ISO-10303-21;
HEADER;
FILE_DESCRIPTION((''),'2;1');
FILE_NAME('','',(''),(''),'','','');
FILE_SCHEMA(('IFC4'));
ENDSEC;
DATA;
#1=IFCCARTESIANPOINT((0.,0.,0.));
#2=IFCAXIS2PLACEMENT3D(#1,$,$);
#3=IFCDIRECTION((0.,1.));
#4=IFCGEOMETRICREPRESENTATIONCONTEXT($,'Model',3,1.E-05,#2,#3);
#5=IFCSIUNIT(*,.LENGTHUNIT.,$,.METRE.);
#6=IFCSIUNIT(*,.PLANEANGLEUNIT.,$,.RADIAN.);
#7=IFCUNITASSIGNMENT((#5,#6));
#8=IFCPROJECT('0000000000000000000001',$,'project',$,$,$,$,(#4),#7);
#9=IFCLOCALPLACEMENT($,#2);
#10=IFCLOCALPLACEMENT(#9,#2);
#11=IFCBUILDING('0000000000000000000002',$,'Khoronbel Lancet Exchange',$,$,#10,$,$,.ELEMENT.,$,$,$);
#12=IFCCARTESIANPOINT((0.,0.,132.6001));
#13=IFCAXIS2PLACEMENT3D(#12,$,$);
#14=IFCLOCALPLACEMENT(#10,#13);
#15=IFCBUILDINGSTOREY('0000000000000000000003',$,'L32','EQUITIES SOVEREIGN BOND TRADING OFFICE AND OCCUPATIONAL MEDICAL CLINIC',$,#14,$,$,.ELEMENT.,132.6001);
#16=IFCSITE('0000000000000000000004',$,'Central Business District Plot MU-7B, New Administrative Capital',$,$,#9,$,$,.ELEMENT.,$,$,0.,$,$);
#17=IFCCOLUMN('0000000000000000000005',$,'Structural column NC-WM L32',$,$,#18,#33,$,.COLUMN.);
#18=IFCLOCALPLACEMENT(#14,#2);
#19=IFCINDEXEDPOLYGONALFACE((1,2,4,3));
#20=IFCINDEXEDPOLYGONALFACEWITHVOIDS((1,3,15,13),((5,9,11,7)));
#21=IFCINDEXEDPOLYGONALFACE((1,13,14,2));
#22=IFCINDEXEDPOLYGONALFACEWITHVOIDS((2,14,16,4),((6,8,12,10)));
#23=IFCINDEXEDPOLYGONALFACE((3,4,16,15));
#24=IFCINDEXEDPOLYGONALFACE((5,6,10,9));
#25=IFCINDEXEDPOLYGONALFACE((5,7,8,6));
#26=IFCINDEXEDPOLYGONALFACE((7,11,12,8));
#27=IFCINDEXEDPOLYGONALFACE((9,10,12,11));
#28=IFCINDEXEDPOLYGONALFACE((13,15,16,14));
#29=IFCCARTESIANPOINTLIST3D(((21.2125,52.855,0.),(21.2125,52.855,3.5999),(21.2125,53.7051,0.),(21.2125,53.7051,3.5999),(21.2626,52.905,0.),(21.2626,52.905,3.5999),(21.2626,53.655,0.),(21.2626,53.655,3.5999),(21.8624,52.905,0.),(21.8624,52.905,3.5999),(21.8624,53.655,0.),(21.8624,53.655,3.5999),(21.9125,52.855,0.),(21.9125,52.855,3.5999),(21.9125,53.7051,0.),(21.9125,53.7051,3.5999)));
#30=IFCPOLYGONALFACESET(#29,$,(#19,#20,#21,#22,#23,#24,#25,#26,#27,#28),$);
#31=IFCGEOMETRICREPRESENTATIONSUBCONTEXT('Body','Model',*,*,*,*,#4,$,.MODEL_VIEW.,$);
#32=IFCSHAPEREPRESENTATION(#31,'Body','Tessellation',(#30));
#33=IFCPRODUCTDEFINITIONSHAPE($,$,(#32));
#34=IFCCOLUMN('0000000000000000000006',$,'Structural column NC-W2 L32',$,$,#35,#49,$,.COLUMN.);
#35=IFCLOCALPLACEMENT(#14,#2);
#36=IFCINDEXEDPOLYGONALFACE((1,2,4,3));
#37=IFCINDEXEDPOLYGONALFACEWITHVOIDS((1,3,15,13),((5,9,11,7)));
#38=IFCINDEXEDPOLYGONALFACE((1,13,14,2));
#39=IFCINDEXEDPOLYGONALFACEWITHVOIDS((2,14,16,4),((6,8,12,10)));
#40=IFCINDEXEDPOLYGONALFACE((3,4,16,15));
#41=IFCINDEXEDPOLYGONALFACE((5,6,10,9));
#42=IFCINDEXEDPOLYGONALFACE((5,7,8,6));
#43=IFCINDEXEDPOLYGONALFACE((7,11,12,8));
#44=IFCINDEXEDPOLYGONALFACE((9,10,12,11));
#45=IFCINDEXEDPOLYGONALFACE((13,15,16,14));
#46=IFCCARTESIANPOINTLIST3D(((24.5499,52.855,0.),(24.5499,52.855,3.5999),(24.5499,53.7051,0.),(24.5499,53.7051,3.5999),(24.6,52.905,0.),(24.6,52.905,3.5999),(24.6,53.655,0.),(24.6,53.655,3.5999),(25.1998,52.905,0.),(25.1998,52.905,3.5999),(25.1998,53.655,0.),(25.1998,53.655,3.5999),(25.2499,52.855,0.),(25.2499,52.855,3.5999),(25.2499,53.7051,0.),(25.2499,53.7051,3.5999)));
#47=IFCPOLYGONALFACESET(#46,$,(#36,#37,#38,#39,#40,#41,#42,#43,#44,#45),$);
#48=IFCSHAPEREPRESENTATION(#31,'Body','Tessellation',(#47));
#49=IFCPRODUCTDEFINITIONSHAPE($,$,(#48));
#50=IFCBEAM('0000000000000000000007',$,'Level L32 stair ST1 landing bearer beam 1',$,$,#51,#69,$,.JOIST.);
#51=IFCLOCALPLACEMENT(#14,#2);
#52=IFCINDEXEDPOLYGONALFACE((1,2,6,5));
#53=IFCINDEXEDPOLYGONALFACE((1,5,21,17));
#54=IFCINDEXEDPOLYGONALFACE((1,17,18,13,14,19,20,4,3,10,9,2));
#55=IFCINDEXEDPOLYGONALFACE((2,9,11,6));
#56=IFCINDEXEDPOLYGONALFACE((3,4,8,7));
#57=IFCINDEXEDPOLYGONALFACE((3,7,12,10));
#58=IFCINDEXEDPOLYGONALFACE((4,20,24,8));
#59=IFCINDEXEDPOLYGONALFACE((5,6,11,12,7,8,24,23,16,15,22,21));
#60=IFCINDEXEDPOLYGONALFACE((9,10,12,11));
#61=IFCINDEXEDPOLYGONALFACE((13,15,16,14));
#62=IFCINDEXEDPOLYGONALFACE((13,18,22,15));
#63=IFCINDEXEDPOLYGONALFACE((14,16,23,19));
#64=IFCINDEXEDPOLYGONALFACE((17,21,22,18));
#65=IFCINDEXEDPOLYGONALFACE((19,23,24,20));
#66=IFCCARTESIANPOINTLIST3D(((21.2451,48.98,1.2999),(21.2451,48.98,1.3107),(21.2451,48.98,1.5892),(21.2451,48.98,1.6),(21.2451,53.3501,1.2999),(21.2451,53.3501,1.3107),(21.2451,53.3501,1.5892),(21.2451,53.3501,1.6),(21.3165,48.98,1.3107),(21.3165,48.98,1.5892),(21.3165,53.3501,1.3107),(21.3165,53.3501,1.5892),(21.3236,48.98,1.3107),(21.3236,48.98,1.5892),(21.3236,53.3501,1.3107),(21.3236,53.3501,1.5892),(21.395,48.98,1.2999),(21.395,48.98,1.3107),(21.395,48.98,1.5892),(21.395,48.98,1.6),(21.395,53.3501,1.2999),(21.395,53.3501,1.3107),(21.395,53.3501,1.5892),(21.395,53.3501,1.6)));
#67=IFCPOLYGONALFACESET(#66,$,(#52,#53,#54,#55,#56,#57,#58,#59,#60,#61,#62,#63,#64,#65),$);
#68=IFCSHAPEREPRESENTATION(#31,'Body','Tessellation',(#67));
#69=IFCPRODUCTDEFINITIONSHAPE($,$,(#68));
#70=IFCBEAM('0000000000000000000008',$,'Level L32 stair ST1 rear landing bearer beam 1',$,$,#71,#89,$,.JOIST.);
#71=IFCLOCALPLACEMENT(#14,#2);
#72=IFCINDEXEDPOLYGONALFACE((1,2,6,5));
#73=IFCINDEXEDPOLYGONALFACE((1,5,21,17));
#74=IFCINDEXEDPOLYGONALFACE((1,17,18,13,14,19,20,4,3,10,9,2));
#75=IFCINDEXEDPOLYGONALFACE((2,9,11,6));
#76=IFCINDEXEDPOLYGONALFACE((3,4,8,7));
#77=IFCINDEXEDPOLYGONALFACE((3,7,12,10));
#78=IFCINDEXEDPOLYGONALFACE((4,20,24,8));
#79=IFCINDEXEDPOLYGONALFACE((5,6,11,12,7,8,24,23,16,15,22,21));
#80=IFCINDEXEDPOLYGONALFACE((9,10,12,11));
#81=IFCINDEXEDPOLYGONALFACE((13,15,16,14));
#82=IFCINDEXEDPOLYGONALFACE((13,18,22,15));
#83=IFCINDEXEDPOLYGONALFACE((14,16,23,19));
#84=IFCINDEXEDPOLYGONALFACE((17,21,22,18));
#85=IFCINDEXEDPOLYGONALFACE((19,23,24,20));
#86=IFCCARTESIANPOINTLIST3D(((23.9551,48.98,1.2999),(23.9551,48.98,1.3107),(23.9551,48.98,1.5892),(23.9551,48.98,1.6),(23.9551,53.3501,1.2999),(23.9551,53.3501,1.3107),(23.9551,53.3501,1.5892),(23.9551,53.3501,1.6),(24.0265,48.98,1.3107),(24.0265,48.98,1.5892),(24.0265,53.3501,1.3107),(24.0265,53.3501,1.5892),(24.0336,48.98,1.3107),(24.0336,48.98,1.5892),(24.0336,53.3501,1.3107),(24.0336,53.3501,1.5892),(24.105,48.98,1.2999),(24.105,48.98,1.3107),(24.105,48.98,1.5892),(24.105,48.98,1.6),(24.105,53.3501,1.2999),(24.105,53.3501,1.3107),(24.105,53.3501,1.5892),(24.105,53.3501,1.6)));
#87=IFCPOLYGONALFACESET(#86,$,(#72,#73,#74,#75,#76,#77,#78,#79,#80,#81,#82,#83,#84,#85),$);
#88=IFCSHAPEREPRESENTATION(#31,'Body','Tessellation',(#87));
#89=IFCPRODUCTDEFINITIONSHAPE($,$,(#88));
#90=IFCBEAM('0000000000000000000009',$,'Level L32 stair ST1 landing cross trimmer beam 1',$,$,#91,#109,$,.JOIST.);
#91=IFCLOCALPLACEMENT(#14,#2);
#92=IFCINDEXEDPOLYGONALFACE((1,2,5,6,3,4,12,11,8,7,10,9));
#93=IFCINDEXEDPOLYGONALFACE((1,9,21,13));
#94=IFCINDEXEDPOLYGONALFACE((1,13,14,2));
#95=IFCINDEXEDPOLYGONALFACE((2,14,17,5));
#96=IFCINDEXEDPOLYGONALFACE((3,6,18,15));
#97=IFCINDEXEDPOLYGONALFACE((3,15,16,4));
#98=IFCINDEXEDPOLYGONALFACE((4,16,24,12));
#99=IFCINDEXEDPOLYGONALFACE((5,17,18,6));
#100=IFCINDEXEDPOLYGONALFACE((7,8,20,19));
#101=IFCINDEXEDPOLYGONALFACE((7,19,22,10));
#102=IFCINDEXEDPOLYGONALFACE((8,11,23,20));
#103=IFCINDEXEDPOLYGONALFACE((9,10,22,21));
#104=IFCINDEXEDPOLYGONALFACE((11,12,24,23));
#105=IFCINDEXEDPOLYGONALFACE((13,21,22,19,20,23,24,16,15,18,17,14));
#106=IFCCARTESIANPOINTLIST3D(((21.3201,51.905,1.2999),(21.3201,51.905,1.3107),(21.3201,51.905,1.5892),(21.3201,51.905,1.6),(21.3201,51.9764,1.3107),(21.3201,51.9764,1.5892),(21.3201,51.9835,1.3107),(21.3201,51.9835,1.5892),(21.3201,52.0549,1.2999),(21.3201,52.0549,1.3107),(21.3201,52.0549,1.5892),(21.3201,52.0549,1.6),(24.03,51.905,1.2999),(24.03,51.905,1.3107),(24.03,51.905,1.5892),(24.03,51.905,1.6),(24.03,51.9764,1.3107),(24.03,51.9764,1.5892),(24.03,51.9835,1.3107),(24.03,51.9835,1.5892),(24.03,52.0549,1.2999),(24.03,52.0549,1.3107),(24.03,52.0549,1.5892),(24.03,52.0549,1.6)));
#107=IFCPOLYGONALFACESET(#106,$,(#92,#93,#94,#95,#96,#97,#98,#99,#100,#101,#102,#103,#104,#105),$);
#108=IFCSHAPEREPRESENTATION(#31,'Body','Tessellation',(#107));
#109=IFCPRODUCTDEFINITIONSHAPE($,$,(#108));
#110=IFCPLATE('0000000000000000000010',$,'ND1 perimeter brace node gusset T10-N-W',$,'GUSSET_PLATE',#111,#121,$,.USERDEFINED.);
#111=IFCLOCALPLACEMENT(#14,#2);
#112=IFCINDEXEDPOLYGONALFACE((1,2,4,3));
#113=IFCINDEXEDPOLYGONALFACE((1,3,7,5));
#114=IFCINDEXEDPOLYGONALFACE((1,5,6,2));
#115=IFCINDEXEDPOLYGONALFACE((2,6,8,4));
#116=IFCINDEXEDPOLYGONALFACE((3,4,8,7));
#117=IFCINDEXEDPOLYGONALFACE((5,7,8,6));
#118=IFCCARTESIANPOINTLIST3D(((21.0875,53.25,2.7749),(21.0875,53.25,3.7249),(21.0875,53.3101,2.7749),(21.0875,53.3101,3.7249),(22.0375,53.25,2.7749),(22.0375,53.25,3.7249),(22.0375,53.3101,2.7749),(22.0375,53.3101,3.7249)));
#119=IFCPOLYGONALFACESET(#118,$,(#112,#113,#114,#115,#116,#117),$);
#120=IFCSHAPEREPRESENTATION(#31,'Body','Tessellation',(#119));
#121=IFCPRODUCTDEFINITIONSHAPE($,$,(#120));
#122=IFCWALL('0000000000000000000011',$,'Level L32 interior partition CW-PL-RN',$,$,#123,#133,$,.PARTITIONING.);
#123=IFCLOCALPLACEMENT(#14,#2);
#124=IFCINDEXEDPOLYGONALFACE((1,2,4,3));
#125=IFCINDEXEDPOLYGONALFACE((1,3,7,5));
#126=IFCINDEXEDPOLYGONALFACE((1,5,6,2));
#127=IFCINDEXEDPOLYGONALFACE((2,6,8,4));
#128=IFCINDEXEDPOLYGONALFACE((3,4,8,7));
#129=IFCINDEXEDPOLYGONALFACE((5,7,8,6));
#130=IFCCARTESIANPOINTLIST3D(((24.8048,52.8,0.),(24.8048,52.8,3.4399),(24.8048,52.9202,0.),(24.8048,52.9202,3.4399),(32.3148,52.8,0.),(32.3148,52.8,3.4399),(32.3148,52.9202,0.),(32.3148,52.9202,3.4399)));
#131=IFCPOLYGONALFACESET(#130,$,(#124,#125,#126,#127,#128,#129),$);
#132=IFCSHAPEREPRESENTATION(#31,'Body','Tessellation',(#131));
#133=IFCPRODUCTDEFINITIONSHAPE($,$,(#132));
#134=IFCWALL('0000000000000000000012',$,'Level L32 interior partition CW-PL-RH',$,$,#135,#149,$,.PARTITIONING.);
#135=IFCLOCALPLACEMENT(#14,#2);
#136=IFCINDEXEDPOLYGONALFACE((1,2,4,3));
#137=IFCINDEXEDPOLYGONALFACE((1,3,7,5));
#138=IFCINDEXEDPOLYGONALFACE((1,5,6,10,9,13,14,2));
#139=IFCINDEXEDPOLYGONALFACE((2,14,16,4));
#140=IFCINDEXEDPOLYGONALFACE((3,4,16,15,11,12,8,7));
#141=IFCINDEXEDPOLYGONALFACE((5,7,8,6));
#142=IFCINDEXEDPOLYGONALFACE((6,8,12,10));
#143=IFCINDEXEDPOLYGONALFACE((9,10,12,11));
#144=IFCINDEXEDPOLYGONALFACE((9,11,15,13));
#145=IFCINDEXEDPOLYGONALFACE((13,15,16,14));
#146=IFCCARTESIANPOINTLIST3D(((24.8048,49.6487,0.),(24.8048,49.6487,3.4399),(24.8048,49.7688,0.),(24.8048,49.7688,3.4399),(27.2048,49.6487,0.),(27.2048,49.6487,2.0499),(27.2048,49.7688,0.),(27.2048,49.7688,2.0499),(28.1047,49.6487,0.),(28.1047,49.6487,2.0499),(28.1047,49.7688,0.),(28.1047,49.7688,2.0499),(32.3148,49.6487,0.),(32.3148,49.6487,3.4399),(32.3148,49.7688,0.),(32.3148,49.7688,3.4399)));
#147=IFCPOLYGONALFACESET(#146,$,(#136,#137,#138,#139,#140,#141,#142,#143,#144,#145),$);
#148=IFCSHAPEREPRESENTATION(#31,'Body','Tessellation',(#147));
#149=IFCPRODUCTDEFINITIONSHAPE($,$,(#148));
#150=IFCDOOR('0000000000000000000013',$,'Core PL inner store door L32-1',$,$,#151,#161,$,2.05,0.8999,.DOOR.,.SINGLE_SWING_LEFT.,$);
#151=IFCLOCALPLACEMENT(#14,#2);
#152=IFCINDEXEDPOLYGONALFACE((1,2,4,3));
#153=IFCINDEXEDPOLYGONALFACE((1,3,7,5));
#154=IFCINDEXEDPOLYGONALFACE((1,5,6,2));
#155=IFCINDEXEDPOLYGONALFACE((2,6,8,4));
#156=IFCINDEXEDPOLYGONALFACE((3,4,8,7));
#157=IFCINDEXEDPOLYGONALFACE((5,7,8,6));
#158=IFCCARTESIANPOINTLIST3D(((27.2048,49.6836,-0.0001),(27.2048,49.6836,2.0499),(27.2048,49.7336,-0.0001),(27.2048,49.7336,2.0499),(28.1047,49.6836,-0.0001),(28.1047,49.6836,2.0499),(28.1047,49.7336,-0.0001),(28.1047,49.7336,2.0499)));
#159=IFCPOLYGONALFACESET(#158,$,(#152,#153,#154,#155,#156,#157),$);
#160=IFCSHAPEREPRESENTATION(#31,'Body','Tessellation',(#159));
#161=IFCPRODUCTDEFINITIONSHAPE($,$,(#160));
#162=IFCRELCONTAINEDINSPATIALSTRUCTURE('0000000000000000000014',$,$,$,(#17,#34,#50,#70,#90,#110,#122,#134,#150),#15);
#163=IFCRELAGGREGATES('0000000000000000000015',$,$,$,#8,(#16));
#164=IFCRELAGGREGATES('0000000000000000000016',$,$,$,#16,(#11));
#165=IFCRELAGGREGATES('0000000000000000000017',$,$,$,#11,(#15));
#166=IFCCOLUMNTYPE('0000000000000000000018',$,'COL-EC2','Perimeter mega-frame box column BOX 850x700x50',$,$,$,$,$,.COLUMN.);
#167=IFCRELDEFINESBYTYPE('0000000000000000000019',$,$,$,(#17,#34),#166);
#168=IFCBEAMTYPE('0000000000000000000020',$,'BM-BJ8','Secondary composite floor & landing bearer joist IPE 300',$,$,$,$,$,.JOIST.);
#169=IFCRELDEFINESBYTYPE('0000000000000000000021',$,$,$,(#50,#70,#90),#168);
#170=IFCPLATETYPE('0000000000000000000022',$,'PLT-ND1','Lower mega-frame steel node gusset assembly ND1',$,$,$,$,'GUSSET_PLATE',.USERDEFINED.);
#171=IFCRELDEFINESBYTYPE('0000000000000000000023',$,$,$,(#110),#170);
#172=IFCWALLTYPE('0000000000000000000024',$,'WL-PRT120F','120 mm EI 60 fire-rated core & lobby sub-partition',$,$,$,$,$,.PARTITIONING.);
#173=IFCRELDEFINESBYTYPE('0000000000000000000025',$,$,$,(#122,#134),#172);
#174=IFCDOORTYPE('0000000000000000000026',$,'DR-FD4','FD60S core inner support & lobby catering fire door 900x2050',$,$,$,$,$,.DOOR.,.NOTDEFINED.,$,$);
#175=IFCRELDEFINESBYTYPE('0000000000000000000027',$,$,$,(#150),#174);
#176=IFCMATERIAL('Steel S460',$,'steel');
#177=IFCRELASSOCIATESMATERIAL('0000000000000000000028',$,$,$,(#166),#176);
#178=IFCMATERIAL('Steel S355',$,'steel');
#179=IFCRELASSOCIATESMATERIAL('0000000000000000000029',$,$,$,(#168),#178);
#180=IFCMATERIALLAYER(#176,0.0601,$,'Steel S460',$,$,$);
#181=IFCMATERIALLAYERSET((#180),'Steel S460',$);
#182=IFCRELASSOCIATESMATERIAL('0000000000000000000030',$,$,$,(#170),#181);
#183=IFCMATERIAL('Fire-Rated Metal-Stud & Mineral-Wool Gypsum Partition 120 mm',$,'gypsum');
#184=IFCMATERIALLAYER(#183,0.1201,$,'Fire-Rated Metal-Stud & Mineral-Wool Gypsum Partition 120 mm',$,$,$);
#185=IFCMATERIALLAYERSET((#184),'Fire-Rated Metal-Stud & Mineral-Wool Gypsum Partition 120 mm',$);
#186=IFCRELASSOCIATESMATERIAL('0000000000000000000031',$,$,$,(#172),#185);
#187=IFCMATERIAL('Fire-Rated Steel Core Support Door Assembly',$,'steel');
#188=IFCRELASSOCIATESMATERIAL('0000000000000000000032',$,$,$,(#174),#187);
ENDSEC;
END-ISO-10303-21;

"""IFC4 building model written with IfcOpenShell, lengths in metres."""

from ifc_helpers import new_model, si_unit, direction, frame, frame_2d, origin, origin_2d, place, context, subcontext, project, spatial, rectangle, hollow_rectangle, i_section, extrude, material, layer, layer_set, material_profile, profile_set, type_object, element, fill, save


model = new_model("IFC4")

# Units and contexts
model_context = context("Model", 3, precision=1e-05, world=origin(), true_north=direction((0.0, 1.0)))
body_context = subcontext(model_context, "Body", "Model", "MODEL_VIEW")
ifc_project = project(units=[si_unit("LENGTHUNIT", "METRE"), si_unit("PLANEANGLEUNIT", "RADIAN")], contexts=[model_context])

# Site, building, storey
site_placement = place(None, origin())
site = spatial("IfcSite", under=ifc_project, at=site_placement, Name="Central Business District Plot MU-7B, New Administrative Capital", CompositionType="ELEMENT", RefElevation=0.0)
building_placement = place(site_placement, origin())
building = spatial("IfcBuilding", under=site, at=building_placement, Name="Khoronbel Lancet Exchange", CompositionType="ELEMENT")
storey_placement = place(building_placement, frame((0.0, 0.0, 132.6001)))
storey = spatial("IfcBuildingStorey", under=building, at=storey_placement, Name="L32", Description="EQUITIES SOVEREIGN BOND TRADING OFFICE AND OCCUPATIONAL MEDICAL CLINIC", CompositionType="ELEMENT", Elevation=132.6001)

# Columns
ifc_material_1 = material(Name="Steel S460", Category="steel")
ifc_material_profile_1 = material_profile(ifc_material_1, hollow_rectangle(XDim=0.7, YDim=0.8501, WallThickness=0.05, at=origin_2d()), Name="BOX 850x700x50")
ifc_profile_set_1 = profile_set([ifc_material_profile_1], Name="Steel S460")
column_type = type_object("IfcColumnType", Name="COL-EC2", Description="Perimeter mega-frame box column BOX 850x700x50", PredefinedType="COLUMN", material=ifc_profile_set_1)
for number, where, z_axis, x_axis, name in (
    (1, (21.5625, 53.28, 0.0), (0.0, 0.0, 1.0), (1.0, 0.0, 0.0), "Structural column NC-WM L32"),
    (2, (24.8999, 53.28, 0.0), (0.0, 0.0, 1.0), (1.0, 0.0, 0.0), "Structural column NC-W2 L32"),
):
    element("IfcColumn", number, at=place(storey_placement, frame(where, z_axis=z_axis, x_axis=x_axis)), inside=storey, type_object=column_type, Name=name, PredefinedType="COLUMN", context=body_context, shape_type="SweptSolid", body=[
        extrude(hollow_rectangle(XDim=0.7, YDim=0.8501, WallThickness=0.05, at=origin_2d()), origin(), (0.0, 0.0, 1.0), 3.5999),
    ])

# Beams
ifc_material_2 = material(Name="Steel S355", Category="steel")
ifc_material_profile_2 = material_profile(ifc_material_2, i_section(OverallWidth=0.1499, OverallDepth=0.3, WebThickness=0.0071, FlangeThickness=0.0107, at=origin_2d()), Name="IPE 300")
ifc_profile_set_2 = profile_set([ifc_material_profile_2], Name="Steel S355")
beam_type = type_object("IfcBeamType", Name="BM-BJ8", Description="Secondary composite floor & landing bearer joist IPE 300", PredefinedType="JOIST", material=ifc_profile_set_2)
for number, where, z_axis, x_axis, name in (
    (3, (21.3201, 48.98, 1.45), (0.0, 1.0, 0.0), (-1.0, 0.0, 0.0), "Level L32 stair ST1 landing bearer beam 1"),
    (4, (24.03, 48.98, 1.45), (0.0, 1.0, 0.0), (-1.0, 0.0, 0.0), "Level L32 stair ST1 rear landing bearer beam 1"),
):
    element("IfcBeam", number, at=place(storey_placement, frame(where, z_axis=z_axis, x_axis=x_axis)), inside=storey, type_object=beam_type, Name=name, PredefinedType="JOIST", context=body_context, shape_type="SweptSolid", body=[
        extrude(i_section(OverallWidth=0.1499, OverallDepth=0.3, WebThickness=0.0071, FlangeThickness=0.0107, at=origin_2d()), origin(), (0.0, 0.0, 1.0), 4.3701),
    ])
beam_placement = place(storey_placement, frame((21.3201, 51.98, 1.45), z_axis=(1.0, 0.0, 0.0), x_axis=(0.0, 1.0, 0.0)))
element("IfcBeam", 5, at=beam_placement, inside=storey, type_object=beam_type, Name="Level L32 stair ST1 landing cross trimmer beam 1", PredefinedType="JOIST", context=body_context, shape_type="SweptSolid", body=[
    extrude(i_section(OverallWidth=0.1499, OverallDepth=0.3, WebThickness=0.0071, FlangeThickness=0.0107, at=origin_2d()), origin(), (0.0, 0.0, 1.0), 2.71),
])

# Plate
ifc_layer_1 = layer(ifc_material_1, 0.0601, Name="Steel S460")
ifc_layer_set_1 = layer_set([ifc_layer_1], Name="Steel S460")
plate_type = type_object("IfcPlateType", Name="PLT-ND1", Description="Lower mega-frame steel node gusset assembly ND1", ElementType="GUSSET_PLATE", PredefinedType="USERDEFINED", material=ifc_layer_set_1)
plate_placement = place(storey_placement, frame((21.5625, 53.28, 2.7749), z_axis=(0.0, 0.0, 1.0), x_axis=(1.0, 0.0, 0.0)))
element("IfcPlate", 6, at=plate_placement, inside=storey, type_object=plate_type, Name="ND1 perimeter brace node gusset T10-N-W", ObjectType="GUSSET_PLATE", PredefinedType="USERDEFINED", context=body_context, shape_type="SweptSolid", body=[
    extrude(rectangle(XDim=0.95, YDim=0.0601, at=origin_2d()), origin(), (0.0, 0.0, 1.0), 0.95),
])

# Wall
ifc_material_3 = material(Name="Fire-Rated Metal-Stud & Mineral-Wool Gypsum Partition 120 mm", Category="gypsum")
ifc_layer_2 = layer(ifc_material_3, 0.1201, Name="Fire-Rated Metal-Stud & Mineral-Wool Gypsum Partition 120 mm")
ifc_layer_set_2 = layer_set([ifc_layer_2], Name="Fire-Rated Metal-Stud & Mineral-Wool Gypsum Partition 120 mm")
wall_type_1 = type_object("IfcWallType", Name="WL-PRT120F", Description="120 mm EI 60 fire-rated core & lobby sub-partition", PredefinedType="PARTITIONING", material=ifc_layer_set_2)
wall_1_placement = place(storey_placement, frame((24.8049, 52.8601, 0.0), z_axis=(0.0, 0.0, 1.0), x_axis=(1.0, 0.0, 0.0)))
element("IfcWall", 7, at=wall_1_placement, inside=storey, type_object=wall_type_1, Name="Level L32 interior partition CW-PL-RN", PredefinedType="PARTITIONING", context=body_context, shape_type="SweptSolid", body=[
    extrude(rectangle(XDim=7.51, YDim=0.1201, at=frame_2d((3.7549, 0.0))), origin(), (0.0, 0.0, 1.0), 3.4399),
])

# Wall, opening, door
wall_2_placement = place(storey_placement, frame((24.8049, 49.7087, 0.0), z_axis=(0.0, 0.0, 1.0), x_axis=(1.0, 0.0, 0.0)))
wall_2 = element("IfcWall", 8, at=wall_2_placement, inside=storey, type_object=wall_type_1, Name="Level L32 interior partition CW-PL-RH", PredefinedType="PARTITIONING", context=body_context, shape_type="SweptSolid", body=[
    extrude(rectangle(XDim=7.51, YDim=0.1201, at=frame_2d((3.7549, 0.0))), origin(), (0.0, 0.0, 1.0), 3.4399),
])
opening_1_placement = place(wall_2_placement, frame((2.3999, 0.0, 0.0)))
opening_1 = element("IfcOpeningElement", 9, at=opening_1_placement, cuts=wall_2, PredefinedType="OPENING", context=body_context, shape_type="SweptSolid", body=[
    extrude(rectangle(XDim=0.8999, YDim=2.05, at=frame_2d((0.45, 1.0249))), frame((0.0, 0.0701, 0.0), z_axis=(0.0, -1.0, 0.0), x_axis=(1.0, 0.0, 0.0)), (0.0, 0.0, 1.0), 0.1401),
])
ifc_material_4 = material(Name="Fire-Rated Steel Core Support Door Assembly", Category="steel")
door_type_1 = type_object("IfcDoorType", Name="DR-FD4", Description="FD60S core inner support & lobby catering fire door 900x2050", OperationType="NOTDEFINED", PredefinedType="DOOR", material=ifc_material_4)
door_1_placement = place(opening_1_placement, origin())
door_1 = element("IfcDoor", 10, at=door_1_placement, inside=storey, type_object=door_type_1, Name="Core PL inner store door L32-1", OperationType="SINGLE_SWING_LEFT", OverallHeight=2.05, OverallWidth=0.8999, PredefinedType="DOOR", context=body_context, shape_type="SweptSolid", body=[
    extrude(rectangle(XDim=0.8999, YDim=2.05, at=frame_2d((0.45, 1.0249))), frame((0.0, 0.0249, 0.0), z_axis=(0.0, -1.0, 0.0), x_axis=(1.0, 0.0, 0.0)), (0.0, 0.0, 1.0), 0.05),
])
fill(opening_1, door_1)

save(model, "model.ifc")
